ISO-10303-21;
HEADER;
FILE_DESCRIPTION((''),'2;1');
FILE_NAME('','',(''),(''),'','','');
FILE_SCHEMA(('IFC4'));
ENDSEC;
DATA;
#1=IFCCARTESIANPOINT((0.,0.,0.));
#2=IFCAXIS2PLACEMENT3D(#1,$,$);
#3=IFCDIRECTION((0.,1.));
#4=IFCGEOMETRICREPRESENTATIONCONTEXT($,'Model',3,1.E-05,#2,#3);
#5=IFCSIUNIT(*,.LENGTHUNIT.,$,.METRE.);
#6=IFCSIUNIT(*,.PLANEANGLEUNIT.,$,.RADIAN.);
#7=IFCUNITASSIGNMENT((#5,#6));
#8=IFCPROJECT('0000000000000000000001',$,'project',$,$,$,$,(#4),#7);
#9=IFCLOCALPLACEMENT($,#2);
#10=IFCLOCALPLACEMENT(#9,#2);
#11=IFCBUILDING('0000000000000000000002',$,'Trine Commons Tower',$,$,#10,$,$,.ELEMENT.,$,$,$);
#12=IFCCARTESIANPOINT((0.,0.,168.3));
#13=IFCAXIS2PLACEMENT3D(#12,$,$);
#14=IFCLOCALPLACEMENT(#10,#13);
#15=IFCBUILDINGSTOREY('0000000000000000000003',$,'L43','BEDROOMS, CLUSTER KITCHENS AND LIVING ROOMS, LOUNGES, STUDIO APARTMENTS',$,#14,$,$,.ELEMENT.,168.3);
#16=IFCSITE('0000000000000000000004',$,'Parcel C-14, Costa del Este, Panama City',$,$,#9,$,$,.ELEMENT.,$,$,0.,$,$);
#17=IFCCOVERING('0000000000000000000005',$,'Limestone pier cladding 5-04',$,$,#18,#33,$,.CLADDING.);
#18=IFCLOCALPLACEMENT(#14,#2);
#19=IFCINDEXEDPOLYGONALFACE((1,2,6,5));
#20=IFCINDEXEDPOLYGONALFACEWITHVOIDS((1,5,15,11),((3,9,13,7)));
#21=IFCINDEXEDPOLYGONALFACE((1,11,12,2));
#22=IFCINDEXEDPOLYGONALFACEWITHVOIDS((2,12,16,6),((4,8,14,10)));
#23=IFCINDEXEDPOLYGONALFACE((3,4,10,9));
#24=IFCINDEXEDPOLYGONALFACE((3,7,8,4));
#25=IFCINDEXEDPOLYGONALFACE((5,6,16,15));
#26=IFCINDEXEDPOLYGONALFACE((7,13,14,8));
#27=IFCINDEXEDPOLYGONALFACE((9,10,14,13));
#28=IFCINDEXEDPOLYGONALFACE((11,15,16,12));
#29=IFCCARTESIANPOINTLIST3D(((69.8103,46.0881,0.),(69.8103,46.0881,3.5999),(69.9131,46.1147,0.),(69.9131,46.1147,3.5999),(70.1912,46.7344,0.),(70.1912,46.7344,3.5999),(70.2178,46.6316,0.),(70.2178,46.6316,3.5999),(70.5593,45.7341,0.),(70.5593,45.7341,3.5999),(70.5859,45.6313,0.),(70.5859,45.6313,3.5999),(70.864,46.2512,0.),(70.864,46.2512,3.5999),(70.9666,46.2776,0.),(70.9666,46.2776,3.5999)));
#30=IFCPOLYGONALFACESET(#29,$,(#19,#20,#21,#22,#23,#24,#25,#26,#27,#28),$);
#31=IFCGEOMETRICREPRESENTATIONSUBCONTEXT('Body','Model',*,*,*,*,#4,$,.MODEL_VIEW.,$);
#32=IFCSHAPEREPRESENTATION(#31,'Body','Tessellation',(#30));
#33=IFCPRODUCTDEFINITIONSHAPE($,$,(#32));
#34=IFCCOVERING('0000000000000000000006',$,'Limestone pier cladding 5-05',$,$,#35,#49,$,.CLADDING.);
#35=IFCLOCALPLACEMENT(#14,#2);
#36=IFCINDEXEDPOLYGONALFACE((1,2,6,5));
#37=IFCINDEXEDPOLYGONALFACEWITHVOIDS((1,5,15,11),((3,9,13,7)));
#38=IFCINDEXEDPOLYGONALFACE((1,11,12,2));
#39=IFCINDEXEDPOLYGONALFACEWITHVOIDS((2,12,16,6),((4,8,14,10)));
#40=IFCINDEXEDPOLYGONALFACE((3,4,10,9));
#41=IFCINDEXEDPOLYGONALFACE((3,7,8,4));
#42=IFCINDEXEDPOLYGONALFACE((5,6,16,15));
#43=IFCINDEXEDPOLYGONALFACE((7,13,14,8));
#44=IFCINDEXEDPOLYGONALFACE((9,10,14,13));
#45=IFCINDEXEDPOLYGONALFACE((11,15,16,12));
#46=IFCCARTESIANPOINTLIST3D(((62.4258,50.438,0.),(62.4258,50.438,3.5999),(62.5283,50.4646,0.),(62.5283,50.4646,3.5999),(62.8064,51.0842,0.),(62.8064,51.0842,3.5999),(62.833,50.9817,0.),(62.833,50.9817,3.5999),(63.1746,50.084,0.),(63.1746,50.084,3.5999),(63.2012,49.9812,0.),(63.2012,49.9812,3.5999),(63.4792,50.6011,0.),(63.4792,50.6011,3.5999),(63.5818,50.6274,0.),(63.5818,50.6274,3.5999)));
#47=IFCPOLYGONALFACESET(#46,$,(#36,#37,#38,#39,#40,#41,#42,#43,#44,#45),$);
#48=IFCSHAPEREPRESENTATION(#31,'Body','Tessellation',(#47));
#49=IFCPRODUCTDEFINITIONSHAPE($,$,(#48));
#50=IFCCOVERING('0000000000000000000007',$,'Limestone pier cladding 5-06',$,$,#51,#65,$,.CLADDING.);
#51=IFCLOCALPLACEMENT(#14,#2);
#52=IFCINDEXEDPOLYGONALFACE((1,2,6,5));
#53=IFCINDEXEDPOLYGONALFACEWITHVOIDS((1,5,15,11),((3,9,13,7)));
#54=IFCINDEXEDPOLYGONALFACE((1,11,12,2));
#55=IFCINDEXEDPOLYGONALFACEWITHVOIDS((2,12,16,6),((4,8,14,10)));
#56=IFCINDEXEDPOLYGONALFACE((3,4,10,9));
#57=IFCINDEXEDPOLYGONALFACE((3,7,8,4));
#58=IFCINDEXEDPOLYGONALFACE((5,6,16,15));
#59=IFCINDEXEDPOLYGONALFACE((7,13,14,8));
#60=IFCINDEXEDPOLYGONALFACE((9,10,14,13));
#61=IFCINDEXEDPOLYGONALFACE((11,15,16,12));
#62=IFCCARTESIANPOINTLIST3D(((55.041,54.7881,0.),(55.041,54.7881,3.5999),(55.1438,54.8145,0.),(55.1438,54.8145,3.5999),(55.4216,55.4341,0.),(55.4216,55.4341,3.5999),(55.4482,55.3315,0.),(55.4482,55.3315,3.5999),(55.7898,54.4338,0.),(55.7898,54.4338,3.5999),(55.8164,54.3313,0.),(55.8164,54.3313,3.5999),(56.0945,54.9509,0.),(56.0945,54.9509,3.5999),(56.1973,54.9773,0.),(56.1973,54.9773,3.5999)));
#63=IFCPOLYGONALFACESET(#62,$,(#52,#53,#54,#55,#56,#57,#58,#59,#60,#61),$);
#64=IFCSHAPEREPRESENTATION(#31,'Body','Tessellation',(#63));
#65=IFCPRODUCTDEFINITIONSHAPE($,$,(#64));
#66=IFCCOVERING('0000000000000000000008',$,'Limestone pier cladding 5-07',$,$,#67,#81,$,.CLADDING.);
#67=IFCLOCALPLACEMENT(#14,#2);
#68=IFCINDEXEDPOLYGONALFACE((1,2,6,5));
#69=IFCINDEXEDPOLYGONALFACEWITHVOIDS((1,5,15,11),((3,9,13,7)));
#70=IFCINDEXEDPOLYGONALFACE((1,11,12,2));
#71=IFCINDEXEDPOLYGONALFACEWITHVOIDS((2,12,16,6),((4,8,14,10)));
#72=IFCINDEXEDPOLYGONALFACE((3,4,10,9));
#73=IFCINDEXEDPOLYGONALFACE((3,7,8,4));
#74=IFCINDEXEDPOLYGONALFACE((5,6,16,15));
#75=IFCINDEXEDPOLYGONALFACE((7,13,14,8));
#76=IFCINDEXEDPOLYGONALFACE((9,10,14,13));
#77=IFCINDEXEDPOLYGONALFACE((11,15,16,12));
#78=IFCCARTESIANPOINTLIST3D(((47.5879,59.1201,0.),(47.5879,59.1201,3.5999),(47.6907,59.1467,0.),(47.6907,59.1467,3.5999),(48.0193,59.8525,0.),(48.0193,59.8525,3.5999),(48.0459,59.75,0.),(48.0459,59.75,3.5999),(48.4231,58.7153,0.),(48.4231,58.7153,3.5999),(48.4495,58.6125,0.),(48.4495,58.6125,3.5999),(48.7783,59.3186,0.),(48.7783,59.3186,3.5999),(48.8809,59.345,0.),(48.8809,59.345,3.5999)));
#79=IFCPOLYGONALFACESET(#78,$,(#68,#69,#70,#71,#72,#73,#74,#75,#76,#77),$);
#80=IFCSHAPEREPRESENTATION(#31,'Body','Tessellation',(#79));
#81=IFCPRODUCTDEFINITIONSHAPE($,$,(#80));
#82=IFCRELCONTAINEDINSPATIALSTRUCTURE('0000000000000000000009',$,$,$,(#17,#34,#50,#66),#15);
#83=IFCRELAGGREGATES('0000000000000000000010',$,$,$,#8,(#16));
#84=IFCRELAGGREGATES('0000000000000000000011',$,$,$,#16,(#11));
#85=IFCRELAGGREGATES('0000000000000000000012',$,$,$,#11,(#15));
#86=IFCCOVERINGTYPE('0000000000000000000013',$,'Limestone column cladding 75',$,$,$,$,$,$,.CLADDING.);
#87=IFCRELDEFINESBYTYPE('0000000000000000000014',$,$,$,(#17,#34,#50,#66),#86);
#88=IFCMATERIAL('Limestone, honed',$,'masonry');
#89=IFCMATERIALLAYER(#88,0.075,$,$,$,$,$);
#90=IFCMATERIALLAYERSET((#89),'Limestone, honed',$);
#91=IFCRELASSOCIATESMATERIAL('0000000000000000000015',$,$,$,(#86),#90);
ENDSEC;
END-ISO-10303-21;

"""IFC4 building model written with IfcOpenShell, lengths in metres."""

from ifc_helpers import new_model, si_unit, direction, frame, origin, place, context, subcontext, project, spatial, polyline, outline, extrude, material, layer, layer_set, type_object, element, save


model = new_model("IFC4")

# Units and contexts
model_context = context("Model", 3, precision=1e-05, world=origin(), true_north=direction((0.0, 1.0)))
body_context = subcontext(model_context, "Body", "Model", "MODEL_VIEW")
ifc_project = project(units=[si_unit("LENGTHUNIT", "METRE"), si_unit("PLANEANGLEUNIT", "RADIAN")], contexts=[model_context])

# Site, building, storey
site_placement = place(None, origin())
site = spatial("IfcSite", under=ifc_project, at=site_placement, Name="Parcel C-14, Costa del Este, Panama City", CompositionType="ELEMENT", RefElevation=0.0)
building_placement = place(site_placement, origin())
building = spatial("IfcBuilding", under=site, at=building_placement, Name="Trine Commons Tower", CompositionType="ELEMENT")
storey_placement = place(building_placement, frame((0.0, 0.0, 168.3)))
storey = spatial("IfcBuildingStorey", under=building, at=storey_placement, Name="L43", Description="BEDROOMS, CLUSTER KITCHENS AND LIVING ROOMS, LOUNGES, STUDIO APARTMENTS", CompositionType="ELEMENT", Elevation=168.3)

# Coverings
ifc_material_1 = material(Name="Limestone, honed", Category="masonry")
ifc_layer_1 = layer(ifc_material_1, 0.075)
ifc_layer_set_1 = layer_set([ifc_layer_1], Name="Limestone, honed")
covering_type_1 = type_object("IfcCoveringType", Name="Limestone column cladding 75", PredefinedType="CLADDING", material=ifc_layer_set_1)
covering_1_placement = place(storey_placement, origin())
element("IfcCovering", 1, at=covering_1_placement, inside=storey, type_object=covering_type_1, Name="Limestone pier cladding 5-04", PredefinedType="CLADDING", context=body_context, shape_type="SweptSolid", body=[
    extrude(outline(polyline([(70.1912, 46.7344), (69.8103, 46.0881), (70.5859, 45.6313), (70.9666, 46.2776), (70.1912, 46.7344)]), holes=[polyline([(70.2178, 46.6316), (69.9131, 46.1147), (70.5593, 45.7341), (70.864, 46.2512), (70.2178, 46.6316)])]), origin(), (0.0, 0.0, 1.0), 3.5999),
])
covering_2_placement = place(storey_placement, origin())
element("IfcCovering", 2, at=covering_2_placement, inside=storey, type_object=covering_type_1, Name="Limestone pier cladding 5-05", PredefinedType="CLADDING", context=body_context, shape_type="SweptSolid", body=[
    extrude(outline(polyline([(62.8064, 51.0842), (62.4258, 50.438), (63.2012, 49.9812), (63.5818, 50.6274), (62.8064, 51.0842)]), holes=[polyline([(62.833, 50.9817), (62.5283, 50.4646), (63.1746, 50.084), (63.4792, 50.6011), (62.833, 50.9817)])]), origin(), (0.0, 0.0, 1.0), 3.5999),
])
covering_3_placement = place(storey_placement, origin())
element("IfcCovering", 3, at=covering_3_placement, inside=storey, type_object=covering_type_1, Name="Limestone pier cladding 5-06", PredefinedType="CLADDING", context=body_context, shape_type="SweptSolid", body=[
    extrude(outline(polyline([(55.4216, 55.4341), (55.041, 54.7881), (55.8164, 54.3313), (56.1973, 54.9773), (55.4216, 55.4341)]), holes=[polyline([(55.4482, 55.3315), (55.1438, 54.8145), (55.7898, 54.4338), (56.0945, 54.9509), (55.4482, 55.3315)])]), origin(), (0.0, 0.0, 1.0), 3.5999),
])
covering_4_placement = place(storey_placement, origin())
element("IfcCovering", 4, at=covering_4_placement, inside=storey, type_object=covering_type_1, Name="Limestone pier cladding 5-07", PredefinedType="CLADDING", context=body_context, shape_type="SweptSolid", body=[
    extrude(outline(polyline([(48.0193, 59.8525), (47.5879, 59.1201), (48.4495, 58.6125), (48.8809, 59.345), (48.0193, 59.8525)]), holes=[polyline([(48.0459, 59.75), (47.6907, 59.1467), (48.4231, 58.7153), (48.7783, 59.3186), (48.0459, 59.75)])]), origin(), (0.0, 0.0, 1.0), 3.5999),
])

save(model, "model.ifc")
